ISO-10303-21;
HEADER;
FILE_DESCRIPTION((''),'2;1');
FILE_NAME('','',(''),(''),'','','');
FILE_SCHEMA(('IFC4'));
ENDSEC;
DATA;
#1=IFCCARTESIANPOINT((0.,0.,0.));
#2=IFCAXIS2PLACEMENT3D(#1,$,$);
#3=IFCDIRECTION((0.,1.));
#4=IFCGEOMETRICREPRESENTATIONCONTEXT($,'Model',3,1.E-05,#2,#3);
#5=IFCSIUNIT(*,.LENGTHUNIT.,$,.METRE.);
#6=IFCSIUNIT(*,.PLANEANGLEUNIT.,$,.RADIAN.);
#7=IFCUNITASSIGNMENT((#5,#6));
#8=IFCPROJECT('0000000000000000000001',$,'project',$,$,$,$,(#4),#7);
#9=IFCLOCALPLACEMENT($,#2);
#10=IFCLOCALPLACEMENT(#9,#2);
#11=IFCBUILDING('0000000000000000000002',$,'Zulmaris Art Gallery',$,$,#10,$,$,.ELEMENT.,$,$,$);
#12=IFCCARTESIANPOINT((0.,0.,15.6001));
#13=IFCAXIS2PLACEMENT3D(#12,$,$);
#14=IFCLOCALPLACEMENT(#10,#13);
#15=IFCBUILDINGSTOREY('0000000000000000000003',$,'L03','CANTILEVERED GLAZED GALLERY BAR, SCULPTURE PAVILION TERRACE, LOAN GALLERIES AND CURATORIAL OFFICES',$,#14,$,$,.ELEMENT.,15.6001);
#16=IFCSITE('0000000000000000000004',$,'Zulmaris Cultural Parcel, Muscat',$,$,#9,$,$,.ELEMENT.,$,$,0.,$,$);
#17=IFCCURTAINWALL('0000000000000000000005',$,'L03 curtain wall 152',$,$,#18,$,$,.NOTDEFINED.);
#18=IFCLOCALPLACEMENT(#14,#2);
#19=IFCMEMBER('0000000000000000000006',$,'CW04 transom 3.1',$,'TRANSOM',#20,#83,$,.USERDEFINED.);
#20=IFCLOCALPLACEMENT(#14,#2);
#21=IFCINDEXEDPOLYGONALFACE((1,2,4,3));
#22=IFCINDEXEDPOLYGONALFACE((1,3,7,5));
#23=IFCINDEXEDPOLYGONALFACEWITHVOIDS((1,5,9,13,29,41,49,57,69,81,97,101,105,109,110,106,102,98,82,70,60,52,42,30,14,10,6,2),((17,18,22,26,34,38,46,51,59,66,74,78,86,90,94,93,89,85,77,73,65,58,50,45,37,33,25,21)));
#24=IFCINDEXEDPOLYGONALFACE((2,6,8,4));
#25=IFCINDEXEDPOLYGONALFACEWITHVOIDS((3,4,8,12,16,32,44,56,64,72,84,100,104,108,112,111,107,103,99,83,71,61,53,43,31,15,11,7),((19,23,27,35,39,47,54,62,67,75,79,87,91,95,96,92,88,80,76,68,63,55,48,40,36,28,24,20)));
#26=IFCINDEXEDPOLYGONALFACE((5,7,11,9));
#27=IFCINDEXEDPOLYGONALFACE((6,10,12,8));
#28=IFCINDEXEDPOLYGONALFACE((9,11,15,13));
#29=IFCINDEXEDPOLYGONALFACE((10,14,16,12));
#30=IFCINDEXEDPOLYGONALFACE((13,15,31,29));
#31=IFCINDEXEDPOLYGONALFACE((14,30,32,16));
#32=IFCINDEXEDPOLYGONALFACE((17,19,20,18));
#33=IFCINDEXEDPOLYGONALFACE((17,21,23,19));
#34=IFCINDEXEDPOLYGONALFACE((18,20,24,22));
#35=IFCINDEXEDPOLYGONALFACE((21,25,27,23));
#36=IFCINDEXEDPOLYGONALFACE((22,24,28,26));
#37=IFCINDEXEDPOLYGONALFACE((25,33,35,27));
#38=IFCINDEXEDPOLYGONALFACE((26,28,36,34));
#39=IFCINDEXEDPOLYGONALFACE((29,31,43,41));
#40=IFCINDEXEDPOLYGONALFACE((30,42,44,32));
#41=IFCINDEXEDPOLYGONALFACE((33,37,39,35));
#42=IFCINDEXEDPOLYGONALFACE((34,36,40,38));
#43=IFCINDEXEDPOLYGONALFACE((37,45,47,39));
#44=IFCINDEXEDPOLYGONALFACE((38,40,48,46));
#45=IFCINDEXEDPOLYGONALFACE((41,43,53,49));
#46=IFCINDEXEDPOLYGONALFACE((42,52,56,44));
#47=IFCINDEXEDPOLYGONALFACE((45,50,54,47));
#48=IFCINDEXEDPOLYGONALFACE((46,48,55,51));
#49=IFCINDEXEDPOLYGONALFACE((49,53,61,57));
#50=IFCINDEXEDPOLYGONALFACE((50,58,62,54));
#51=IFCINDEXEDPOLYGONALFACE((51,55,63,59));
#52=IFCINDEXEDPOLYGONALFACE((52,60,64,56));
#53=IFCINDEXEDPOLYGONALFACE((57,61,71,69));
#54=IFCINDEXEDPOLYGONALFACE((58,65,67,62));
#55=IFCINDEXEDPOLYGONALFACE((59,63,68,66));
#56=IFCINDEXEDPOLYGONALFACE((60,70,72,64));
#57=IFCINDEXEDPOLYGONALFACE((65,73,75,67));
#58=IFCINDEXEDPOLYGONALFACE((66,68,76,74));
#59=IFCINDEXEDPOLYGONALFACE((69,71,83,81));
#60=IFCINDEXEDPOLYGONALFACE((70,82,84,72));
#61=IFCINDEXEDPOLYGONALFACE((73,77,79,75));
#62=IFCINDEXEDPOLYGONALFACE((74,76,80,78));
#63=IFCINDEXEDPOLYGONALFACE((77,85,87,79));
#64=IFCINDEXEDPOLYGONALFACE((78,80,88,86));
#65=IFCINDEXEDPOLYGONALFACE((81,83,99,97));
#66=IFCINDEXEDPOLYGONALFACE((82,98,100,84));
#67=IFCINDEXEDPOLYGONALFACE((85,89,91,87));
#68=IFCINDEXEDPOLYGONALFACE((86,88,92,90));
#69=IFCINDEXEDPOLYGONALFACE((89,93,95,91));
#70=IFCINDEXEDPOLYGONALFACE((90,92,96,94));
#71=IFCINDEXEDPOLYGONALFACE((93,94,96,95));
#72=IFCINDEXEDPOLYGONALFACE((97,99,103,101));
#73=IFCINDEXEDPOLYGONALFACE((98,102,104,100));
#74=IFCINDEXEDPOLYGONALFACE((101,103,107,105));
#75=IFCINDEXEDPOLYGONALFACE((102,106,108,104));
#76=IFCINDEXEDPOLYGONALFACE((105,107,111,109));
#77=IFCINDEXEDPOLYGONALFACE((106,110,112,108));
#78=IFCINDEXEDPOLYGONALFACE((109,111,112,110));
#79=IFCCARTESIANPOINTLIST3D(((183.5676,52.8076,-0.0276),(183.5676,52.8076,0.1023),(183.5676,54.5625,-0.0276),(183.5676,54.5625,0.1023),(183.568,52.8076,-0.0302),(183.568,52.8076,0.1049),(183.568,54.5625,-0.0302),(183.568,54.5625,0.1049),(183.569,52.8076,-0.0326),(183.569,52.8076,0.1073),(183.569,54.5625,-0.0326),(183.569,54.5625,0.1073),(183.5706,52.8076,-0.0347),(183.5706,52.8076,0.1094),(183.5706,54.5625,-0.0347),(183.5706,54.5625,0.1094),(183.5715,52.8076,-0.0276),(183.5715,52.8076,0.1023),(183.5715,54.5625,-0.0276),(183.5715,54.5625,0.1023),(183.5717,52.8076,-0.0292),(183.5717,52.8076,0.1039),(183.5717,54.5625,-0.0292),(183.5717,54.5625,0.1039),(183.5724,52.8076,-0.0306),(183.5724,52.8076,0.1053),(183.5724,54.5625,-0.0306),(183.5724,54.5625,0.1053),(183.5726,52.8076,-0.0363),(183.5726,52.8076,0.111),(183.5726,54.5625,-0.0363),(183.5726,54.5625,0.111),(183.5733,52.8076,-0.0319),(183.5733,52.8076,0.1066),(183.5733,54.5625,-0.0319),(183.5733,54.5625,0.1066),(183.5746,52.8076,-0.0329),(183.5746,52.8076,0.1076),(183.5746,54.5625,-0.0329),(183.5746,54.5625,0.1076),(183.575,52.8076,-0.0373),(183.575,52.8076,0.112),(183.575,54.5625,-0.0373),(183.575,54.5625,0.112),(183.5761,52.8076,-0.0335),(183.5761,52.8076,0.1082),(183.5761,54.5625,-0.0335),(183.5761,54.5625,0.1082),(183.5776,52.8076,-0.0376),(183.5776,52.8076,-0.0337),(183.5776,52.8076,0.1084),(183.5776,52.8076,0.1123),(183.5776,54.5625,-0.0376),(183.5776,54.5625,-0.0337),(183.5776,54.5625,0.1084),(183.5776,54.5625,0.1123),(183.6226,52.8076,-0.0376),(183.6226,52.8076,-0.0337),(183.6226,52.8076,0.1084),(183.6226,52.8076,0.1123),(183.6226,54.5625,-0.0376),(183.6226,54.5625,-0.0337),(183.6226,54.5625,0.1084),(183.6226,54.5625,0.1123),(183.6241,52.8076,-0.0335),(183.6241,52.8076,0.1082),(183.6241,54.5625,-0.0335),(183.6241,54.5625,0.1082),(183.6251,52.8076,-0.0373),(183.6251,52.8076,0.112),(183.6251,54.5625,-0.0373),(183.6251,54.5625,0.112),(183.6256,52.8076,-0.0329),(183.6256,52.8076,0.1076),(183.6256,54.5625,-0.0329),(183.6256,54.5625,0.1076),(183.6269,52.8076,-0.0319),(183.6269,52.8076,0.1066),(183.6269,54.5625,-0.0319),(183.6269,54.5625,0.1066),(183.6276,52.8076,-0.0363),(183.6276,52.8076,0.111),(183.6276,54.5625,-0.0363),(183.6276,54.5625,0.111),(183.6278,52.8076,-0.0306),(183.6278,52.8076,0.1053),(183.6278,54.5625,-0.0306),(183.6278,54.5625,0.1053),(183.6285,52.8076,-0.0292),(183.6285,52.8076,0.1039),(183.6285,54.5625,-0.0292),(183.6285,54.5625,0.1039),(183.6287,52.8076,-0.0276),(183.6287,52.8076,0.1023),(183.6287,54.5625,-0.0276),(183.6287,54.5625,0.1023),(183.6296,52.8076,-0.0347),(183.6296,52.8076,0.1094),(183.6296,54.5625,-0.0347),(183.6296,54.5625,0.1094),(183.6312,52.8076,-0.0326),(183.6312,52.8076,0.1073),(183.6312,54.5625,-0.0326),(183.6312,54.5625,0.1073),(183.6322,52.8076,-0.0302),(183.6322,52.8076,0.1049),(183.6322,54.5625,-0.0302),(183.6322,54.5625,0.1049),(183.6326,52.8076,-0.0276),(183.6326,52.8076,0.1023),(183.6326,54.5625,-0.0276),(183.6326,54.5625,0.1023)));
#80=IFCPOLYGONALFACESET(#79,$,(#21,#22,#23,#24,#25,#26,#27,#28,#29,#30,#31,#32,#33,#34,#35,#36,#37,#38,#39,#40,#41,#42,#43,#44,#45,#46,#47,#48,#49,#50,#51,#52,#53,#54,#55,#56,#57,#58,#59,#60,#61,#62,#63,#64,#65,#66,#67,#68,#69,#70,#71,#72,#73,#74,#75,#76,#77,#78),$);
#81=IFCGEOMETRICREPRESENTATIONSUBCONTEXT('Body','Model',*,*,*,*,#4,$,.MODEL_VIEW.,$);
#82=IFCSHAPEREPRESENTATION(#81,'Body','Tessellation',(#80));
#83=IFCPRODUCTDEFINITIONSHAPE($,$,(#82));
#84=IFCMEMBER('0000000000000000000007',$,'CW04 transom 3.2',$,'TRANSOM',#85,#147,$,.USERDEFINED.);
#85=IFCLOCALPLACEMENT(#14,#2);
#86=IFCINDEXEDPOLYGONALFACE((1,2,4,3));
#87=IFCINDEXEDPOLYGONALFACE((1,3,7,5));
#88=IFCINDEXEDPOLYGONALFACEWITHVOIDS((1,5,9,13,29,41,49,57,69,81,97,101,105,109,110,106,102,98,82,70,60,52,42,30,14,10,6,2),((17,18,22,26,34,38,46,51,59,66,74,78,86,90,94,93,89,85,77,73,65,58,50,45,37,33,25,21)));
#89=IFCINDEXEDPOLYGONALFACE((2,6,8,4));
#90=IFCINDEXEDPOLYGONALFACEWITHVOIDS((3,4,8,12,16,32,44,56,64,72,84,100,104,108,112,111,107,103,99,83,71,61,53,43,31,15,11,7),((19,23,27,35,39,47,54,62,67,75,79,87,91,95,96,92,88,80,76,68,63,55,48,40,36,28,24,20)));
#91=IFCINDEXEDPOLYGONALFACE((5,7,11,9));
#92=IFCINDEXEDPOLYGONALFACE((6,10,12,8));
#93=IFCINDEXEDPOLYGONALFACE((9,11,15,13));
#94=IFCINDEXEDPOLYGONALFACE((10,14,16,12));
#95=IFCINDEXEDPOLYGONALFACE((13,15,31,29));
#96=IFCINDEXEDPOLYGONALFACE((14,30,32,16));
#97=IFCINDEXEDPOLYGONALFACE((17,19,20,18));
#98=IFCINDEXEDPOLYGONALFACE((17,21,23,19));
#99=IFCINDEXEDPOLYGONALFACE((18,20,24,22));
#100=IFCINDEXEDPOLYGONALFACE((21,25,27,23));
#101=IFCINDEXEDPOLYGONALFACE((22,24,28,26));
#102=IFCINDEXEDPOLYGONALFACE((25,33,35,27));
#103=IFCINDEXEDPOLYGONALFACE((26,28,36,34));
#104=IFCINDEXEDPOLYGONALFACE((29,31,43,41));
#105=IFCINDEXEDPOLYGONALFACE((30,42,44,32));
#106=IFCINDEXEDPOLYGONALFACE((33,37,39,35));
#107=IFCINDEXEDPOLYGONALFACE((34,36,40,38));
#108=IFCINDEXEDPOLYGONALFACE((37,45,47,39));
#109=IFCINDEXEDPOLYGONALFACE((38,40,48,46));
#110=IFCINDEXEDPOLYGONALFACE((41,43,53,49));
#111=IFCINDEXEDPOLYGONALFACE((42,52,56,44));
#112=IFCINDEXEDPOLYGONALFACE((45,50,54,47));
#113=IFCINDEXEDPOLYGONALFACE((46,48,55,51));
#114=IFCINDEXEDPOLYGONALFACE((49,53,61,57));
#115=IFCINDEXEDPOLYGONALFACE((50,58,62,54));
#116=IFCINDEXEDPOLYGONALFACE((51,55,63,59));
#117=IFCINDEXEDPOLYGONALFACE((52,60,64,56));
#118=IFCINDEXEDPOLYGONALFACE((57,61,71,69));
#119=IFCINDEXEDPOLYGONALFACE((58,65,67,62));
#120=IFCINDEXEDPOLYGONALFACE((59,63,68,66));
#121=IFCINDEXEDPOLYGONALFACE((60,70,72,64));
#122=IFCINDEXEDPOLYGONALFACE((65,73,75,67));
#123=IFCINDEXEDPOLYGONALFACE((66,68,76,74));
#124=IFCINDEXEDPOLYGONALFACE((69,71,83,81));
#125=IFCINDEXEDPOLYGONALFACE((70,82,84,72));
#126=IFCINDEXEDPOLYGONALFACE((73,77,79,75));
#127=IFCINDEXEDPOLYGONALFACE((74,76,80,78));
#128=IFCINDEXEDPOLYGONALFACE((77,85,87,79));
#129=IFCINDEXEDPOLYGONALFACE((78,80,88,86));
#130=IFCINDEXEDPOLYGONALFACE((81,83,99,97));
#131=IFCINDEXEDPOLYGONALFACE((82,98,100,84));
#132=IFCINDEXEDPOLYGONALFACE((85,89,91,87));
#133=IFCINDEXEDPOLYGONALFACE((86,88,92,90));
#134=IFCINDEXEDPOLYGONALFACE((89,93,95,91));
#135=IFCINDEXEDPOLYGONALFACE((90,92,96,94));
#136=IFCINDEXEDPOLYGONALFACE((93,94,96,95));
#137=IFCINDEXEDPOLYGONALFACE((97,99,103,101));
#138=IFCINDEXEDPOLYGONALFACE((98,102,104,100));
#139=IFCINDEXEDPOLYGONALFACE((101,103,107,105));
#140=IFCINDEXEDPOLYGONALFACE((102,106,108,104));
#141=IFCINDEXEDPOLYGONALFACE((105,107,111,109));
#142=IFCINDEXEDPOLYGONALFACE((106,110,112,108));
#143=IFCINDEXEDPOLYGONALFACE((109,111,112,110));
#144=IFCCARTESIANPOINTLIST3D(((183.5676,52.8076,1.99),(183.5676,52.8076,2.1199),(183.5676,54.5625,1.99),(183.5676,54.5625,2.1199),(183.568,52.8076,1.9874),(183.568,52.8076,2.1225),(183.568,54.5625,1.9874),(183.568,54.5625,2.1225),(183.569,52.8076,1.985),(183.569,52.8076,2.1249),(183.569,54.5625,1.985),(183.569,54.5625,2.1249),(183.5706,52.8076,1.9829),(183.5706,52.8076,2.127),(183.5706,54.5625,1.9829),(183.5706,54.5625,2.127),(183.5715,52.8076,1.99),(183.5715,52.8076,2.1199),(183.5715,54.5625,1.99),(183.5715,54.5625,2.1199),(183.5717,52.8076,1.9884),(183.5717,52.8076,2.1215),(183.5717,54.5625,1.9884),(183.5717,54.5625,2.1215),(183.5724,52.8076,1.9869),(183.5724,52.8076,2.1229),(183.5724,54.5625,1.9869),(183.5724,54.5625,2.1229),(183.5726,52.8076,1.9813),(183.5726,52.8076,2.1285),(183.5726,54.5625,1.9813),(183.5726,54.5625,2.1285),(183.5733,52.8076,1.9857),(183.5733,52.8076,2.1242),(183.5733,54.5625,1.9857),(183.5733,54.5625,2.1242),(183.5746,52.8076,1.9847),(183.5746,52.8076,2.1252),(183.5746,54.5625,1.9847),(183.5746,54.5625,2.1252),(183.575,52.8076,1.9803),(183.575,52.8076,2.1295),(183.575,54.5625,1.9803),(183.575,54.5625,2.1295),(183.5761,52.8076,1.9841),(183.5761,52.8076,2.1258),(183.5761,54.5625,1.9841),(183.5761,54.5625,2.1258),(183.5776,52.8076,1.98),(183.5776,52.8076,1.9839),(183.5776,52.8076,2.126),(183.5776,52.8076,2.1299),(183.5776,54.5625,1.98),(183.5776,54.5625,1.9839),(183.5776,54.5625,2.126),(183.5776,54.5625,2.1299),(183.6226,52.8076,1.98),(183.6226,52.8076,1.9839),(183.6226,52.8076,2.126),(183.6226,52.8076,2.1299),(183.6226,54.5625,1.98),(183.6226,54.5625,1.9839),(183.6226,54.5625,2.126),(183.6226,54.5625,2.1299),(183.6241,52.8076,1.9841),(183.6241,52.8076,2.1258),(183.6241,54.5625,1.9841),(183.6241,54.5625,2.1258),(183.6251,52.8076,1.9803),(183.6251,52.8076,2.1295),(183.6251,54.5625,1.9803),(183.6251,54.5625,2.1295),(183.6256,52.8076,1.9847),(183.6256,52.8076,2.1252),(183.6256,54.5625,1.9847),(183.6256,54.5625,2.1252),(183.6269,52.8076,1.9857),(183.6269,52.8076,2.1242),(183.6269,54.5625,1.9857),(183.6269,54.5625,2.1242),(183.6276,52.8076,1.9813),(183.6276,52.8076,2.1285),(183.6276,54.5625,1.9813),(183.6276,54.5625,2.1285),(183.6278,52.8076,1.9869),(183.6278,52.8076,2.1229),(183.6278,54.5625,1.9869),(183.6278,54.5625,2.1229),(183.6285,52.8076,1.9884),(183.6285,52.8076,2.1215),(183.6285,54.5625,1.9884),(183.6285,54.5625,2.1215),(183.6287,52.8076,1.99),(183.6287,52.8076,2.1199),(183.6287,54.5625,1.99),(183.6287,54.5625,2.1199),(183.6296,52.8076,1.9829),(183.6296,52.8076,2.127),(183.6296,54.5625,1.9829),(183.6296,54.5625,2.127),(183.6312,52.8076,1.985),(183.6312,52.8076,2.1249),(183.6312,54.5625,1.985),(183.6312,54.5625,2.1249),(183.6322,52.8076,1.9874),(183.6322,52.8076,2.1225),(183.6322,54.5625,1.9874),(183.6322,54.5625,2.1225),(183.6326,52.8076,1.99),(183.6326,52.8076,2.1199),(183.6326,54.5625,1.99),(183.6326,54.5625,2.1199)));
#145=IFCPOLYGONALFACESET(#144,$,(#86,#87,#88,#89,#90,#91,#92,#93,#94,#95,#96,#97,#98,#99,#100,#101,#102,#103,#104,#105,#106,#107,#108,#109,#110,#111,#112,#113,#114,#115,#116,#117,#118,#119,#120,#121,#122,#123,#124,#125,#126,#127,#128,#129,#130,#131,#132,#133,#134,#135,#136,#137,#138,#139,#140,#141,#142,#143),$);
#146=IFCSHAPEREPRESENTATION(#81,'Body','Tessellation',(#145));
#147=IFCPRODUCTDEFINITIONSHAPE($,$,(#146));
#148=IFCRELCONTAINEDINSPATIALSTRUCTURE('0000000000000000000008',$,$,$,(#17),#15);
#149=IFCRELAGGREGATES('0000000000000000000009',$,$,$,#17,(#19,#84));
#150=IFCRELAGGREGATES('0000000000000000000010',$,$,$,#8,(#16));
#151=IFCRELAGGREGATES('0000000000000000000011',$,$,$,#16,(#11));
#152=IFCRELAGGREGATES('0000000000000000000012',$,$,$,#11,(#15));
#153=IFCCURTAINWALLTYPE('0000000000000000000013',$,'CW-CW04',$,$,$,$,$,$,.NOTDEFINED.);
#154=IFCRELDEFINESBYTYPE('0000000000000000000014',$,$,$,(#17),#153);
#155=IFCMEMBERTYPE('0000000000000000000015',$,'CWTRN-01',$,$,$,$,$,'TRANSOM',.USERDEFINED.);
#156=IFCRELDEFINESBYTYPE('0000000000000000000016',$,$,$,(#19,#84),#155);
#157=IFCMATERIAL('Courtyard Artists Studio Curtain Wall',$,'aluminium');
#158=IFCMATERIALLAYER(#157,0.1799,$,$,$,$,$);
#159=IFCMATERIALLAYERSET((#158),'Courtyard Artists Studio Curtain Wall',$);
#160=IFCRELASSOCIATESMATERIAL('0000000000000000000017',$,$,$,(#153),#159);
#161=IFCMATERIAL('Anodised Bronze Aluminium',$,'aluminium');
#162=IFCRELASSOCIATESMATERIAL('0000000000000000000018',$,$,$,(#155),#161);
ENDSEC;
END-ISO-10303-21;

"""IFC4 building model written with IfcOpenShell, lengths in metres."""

from ifc_helpers import new_model, si_unit, direction, frame, origin, origin_2d, place, context, subcontext, project, spatial, hollow_rectangle, extrude, material, layer, layer_set, material_profile, profile_set, type_object, element, aggregate, save


model = new_model("IFC4")

# Units and contexts
model_context = context("Model", 3, precision=1e-05, world=origin(), true_north=direction((0.0, 1.0)))
body_context = subcontext(model_context, "Body", "Model", "MODEL_VIEW")
ifc_project = project(units=[si_unit("LENGTHUNIT", "METRE"), si_unit("PLANEANGLEUNIT", "RADIAN")], contexts=[model_context])

# Site, building, storey
site_placement = place(None, origin())
site = spatial("IfcSite", under=ifc_project, at=site_placement, Name="Zulmaris Cultural Parcel, Muscat", CompositionType="ELEMENT", RefElevation=0.0)
building_placement = place(site_placement, origin())
building = spatial("IfcBuilding", under=site, at=building_placement, Name="Zulmaris Art Gallery", CompositionType="ELEMENT")
storey_placement = place(building_placement, frame((0.0, 0.0, 15.6001)))
storey = spatial("IfcBuildingStorey", under=building, at=storey_placement, Name="L03", Description="CANTILEVERED GLAZED GALLERY BAR, SCULPTURE PAVILION TERRACE, LOAN GALLERIES AND CURATORIAL OFFICES", CompositionType="ELEMENT", Elevation=15.6001)

# Curtain wall, members
ifc_material_1 = material(Name="Courtyard Artists Studio Curtain Wall", Category="aluminium")
ifc_layer_1 = layer(ifc_material_1, 0.1799)
ifc_layer_set_1 = layer_set([ifc_layer_1], Name="Courtyard Artists Studio Curtain Wall")
curtain_wall_type = type_object("IfcCurtainWallType", Name="CW-CW04", PredefinedType="NOTDEFINED", material=ifc_layer_set_1)
curtain_wall_placement = place(storey_placement, origin())
curtain_wall = element("IfcCurtainWall", 1, at=curtain_wall_placement, inside=storey, type_object=curtain_wall_type, Name="L03 curtain wall 152", PredefinedType="NOTDEFINED")
ifc_material_2 = material(Name="Anodised Bronze Aluminium", Category="aluminium")
ifc_material_profile_1 = material_profile(ifc_material_2, hollow_rectangle(XDim=0.0649, YDim=0.1499, WallThickness=0.0039, InnerFilletRadius=0.0061, OuterFilletRadius=0.01, at=origin_2d()), Name="ALU 65x150x4")
ifc_profile_set_1 = profile_set([ifc_material_profile_1], Name="Anodised Bronze Aluminium")
member_type_1 = type_object("IfcMemberType", Name="CWTRN-01", ElementType="TRANSOM", PredefinedType="USERDEFINED", material=ifc_profile_set_1)
member_1_placement = place(storey_placement, frame((183.6001, 54.5625, 0.0374), z_axis=(0.0, -1.0, 0.0), x_axis=(1.0, 0.0, 0.0)))
member_1 = element("IfcMember", 2, at=member_1_placement, type_object=member_type_1, Name="CW04 transom 3.1", ObjectType="TRANSOM", PredefinedType="USERDEFINED", context=body_context, shape_type="SweptSolid", body=[
    extrude(hollow_rectangle(XDim=0.0649, YDim=0.1499, WallThickness=0.0039, InnerFilletRadius=0.0061, OuterFilletRadius=0.01, at=origin_2d()), origin(), (0.0, 0.0, 1.0), 1.7549),
])
member_2_placement = place(storey_placement, frame((183.6001, 54.5625, 2.0549), z_axis=(0.0, -1.0, 0.0), x_axis=(1.0, 0.0, 0.0)))
member_2 = element("IfcMember", 3, at=member_2_placement, type_object=member_type_1, Name="CW04 transom 3.2", ObjectType="TRANSOM", PredefinedType="USERDEFINED", context=body_context, shape_type="SweptSolid", body=[
    extrude(hollow_rectangle(XDim=0.0649, YDim=0.1499, WallThickness=0.0039, InnerFilletRadius=0.0061, OuterFilletRadius=0.01, at=origin_2d()), origin(), (0.0, 0.0, 1.0), 1.7549),
])
aggregate(curtain_wall, [member_1, member_2])

save(model, "model.ifc")
